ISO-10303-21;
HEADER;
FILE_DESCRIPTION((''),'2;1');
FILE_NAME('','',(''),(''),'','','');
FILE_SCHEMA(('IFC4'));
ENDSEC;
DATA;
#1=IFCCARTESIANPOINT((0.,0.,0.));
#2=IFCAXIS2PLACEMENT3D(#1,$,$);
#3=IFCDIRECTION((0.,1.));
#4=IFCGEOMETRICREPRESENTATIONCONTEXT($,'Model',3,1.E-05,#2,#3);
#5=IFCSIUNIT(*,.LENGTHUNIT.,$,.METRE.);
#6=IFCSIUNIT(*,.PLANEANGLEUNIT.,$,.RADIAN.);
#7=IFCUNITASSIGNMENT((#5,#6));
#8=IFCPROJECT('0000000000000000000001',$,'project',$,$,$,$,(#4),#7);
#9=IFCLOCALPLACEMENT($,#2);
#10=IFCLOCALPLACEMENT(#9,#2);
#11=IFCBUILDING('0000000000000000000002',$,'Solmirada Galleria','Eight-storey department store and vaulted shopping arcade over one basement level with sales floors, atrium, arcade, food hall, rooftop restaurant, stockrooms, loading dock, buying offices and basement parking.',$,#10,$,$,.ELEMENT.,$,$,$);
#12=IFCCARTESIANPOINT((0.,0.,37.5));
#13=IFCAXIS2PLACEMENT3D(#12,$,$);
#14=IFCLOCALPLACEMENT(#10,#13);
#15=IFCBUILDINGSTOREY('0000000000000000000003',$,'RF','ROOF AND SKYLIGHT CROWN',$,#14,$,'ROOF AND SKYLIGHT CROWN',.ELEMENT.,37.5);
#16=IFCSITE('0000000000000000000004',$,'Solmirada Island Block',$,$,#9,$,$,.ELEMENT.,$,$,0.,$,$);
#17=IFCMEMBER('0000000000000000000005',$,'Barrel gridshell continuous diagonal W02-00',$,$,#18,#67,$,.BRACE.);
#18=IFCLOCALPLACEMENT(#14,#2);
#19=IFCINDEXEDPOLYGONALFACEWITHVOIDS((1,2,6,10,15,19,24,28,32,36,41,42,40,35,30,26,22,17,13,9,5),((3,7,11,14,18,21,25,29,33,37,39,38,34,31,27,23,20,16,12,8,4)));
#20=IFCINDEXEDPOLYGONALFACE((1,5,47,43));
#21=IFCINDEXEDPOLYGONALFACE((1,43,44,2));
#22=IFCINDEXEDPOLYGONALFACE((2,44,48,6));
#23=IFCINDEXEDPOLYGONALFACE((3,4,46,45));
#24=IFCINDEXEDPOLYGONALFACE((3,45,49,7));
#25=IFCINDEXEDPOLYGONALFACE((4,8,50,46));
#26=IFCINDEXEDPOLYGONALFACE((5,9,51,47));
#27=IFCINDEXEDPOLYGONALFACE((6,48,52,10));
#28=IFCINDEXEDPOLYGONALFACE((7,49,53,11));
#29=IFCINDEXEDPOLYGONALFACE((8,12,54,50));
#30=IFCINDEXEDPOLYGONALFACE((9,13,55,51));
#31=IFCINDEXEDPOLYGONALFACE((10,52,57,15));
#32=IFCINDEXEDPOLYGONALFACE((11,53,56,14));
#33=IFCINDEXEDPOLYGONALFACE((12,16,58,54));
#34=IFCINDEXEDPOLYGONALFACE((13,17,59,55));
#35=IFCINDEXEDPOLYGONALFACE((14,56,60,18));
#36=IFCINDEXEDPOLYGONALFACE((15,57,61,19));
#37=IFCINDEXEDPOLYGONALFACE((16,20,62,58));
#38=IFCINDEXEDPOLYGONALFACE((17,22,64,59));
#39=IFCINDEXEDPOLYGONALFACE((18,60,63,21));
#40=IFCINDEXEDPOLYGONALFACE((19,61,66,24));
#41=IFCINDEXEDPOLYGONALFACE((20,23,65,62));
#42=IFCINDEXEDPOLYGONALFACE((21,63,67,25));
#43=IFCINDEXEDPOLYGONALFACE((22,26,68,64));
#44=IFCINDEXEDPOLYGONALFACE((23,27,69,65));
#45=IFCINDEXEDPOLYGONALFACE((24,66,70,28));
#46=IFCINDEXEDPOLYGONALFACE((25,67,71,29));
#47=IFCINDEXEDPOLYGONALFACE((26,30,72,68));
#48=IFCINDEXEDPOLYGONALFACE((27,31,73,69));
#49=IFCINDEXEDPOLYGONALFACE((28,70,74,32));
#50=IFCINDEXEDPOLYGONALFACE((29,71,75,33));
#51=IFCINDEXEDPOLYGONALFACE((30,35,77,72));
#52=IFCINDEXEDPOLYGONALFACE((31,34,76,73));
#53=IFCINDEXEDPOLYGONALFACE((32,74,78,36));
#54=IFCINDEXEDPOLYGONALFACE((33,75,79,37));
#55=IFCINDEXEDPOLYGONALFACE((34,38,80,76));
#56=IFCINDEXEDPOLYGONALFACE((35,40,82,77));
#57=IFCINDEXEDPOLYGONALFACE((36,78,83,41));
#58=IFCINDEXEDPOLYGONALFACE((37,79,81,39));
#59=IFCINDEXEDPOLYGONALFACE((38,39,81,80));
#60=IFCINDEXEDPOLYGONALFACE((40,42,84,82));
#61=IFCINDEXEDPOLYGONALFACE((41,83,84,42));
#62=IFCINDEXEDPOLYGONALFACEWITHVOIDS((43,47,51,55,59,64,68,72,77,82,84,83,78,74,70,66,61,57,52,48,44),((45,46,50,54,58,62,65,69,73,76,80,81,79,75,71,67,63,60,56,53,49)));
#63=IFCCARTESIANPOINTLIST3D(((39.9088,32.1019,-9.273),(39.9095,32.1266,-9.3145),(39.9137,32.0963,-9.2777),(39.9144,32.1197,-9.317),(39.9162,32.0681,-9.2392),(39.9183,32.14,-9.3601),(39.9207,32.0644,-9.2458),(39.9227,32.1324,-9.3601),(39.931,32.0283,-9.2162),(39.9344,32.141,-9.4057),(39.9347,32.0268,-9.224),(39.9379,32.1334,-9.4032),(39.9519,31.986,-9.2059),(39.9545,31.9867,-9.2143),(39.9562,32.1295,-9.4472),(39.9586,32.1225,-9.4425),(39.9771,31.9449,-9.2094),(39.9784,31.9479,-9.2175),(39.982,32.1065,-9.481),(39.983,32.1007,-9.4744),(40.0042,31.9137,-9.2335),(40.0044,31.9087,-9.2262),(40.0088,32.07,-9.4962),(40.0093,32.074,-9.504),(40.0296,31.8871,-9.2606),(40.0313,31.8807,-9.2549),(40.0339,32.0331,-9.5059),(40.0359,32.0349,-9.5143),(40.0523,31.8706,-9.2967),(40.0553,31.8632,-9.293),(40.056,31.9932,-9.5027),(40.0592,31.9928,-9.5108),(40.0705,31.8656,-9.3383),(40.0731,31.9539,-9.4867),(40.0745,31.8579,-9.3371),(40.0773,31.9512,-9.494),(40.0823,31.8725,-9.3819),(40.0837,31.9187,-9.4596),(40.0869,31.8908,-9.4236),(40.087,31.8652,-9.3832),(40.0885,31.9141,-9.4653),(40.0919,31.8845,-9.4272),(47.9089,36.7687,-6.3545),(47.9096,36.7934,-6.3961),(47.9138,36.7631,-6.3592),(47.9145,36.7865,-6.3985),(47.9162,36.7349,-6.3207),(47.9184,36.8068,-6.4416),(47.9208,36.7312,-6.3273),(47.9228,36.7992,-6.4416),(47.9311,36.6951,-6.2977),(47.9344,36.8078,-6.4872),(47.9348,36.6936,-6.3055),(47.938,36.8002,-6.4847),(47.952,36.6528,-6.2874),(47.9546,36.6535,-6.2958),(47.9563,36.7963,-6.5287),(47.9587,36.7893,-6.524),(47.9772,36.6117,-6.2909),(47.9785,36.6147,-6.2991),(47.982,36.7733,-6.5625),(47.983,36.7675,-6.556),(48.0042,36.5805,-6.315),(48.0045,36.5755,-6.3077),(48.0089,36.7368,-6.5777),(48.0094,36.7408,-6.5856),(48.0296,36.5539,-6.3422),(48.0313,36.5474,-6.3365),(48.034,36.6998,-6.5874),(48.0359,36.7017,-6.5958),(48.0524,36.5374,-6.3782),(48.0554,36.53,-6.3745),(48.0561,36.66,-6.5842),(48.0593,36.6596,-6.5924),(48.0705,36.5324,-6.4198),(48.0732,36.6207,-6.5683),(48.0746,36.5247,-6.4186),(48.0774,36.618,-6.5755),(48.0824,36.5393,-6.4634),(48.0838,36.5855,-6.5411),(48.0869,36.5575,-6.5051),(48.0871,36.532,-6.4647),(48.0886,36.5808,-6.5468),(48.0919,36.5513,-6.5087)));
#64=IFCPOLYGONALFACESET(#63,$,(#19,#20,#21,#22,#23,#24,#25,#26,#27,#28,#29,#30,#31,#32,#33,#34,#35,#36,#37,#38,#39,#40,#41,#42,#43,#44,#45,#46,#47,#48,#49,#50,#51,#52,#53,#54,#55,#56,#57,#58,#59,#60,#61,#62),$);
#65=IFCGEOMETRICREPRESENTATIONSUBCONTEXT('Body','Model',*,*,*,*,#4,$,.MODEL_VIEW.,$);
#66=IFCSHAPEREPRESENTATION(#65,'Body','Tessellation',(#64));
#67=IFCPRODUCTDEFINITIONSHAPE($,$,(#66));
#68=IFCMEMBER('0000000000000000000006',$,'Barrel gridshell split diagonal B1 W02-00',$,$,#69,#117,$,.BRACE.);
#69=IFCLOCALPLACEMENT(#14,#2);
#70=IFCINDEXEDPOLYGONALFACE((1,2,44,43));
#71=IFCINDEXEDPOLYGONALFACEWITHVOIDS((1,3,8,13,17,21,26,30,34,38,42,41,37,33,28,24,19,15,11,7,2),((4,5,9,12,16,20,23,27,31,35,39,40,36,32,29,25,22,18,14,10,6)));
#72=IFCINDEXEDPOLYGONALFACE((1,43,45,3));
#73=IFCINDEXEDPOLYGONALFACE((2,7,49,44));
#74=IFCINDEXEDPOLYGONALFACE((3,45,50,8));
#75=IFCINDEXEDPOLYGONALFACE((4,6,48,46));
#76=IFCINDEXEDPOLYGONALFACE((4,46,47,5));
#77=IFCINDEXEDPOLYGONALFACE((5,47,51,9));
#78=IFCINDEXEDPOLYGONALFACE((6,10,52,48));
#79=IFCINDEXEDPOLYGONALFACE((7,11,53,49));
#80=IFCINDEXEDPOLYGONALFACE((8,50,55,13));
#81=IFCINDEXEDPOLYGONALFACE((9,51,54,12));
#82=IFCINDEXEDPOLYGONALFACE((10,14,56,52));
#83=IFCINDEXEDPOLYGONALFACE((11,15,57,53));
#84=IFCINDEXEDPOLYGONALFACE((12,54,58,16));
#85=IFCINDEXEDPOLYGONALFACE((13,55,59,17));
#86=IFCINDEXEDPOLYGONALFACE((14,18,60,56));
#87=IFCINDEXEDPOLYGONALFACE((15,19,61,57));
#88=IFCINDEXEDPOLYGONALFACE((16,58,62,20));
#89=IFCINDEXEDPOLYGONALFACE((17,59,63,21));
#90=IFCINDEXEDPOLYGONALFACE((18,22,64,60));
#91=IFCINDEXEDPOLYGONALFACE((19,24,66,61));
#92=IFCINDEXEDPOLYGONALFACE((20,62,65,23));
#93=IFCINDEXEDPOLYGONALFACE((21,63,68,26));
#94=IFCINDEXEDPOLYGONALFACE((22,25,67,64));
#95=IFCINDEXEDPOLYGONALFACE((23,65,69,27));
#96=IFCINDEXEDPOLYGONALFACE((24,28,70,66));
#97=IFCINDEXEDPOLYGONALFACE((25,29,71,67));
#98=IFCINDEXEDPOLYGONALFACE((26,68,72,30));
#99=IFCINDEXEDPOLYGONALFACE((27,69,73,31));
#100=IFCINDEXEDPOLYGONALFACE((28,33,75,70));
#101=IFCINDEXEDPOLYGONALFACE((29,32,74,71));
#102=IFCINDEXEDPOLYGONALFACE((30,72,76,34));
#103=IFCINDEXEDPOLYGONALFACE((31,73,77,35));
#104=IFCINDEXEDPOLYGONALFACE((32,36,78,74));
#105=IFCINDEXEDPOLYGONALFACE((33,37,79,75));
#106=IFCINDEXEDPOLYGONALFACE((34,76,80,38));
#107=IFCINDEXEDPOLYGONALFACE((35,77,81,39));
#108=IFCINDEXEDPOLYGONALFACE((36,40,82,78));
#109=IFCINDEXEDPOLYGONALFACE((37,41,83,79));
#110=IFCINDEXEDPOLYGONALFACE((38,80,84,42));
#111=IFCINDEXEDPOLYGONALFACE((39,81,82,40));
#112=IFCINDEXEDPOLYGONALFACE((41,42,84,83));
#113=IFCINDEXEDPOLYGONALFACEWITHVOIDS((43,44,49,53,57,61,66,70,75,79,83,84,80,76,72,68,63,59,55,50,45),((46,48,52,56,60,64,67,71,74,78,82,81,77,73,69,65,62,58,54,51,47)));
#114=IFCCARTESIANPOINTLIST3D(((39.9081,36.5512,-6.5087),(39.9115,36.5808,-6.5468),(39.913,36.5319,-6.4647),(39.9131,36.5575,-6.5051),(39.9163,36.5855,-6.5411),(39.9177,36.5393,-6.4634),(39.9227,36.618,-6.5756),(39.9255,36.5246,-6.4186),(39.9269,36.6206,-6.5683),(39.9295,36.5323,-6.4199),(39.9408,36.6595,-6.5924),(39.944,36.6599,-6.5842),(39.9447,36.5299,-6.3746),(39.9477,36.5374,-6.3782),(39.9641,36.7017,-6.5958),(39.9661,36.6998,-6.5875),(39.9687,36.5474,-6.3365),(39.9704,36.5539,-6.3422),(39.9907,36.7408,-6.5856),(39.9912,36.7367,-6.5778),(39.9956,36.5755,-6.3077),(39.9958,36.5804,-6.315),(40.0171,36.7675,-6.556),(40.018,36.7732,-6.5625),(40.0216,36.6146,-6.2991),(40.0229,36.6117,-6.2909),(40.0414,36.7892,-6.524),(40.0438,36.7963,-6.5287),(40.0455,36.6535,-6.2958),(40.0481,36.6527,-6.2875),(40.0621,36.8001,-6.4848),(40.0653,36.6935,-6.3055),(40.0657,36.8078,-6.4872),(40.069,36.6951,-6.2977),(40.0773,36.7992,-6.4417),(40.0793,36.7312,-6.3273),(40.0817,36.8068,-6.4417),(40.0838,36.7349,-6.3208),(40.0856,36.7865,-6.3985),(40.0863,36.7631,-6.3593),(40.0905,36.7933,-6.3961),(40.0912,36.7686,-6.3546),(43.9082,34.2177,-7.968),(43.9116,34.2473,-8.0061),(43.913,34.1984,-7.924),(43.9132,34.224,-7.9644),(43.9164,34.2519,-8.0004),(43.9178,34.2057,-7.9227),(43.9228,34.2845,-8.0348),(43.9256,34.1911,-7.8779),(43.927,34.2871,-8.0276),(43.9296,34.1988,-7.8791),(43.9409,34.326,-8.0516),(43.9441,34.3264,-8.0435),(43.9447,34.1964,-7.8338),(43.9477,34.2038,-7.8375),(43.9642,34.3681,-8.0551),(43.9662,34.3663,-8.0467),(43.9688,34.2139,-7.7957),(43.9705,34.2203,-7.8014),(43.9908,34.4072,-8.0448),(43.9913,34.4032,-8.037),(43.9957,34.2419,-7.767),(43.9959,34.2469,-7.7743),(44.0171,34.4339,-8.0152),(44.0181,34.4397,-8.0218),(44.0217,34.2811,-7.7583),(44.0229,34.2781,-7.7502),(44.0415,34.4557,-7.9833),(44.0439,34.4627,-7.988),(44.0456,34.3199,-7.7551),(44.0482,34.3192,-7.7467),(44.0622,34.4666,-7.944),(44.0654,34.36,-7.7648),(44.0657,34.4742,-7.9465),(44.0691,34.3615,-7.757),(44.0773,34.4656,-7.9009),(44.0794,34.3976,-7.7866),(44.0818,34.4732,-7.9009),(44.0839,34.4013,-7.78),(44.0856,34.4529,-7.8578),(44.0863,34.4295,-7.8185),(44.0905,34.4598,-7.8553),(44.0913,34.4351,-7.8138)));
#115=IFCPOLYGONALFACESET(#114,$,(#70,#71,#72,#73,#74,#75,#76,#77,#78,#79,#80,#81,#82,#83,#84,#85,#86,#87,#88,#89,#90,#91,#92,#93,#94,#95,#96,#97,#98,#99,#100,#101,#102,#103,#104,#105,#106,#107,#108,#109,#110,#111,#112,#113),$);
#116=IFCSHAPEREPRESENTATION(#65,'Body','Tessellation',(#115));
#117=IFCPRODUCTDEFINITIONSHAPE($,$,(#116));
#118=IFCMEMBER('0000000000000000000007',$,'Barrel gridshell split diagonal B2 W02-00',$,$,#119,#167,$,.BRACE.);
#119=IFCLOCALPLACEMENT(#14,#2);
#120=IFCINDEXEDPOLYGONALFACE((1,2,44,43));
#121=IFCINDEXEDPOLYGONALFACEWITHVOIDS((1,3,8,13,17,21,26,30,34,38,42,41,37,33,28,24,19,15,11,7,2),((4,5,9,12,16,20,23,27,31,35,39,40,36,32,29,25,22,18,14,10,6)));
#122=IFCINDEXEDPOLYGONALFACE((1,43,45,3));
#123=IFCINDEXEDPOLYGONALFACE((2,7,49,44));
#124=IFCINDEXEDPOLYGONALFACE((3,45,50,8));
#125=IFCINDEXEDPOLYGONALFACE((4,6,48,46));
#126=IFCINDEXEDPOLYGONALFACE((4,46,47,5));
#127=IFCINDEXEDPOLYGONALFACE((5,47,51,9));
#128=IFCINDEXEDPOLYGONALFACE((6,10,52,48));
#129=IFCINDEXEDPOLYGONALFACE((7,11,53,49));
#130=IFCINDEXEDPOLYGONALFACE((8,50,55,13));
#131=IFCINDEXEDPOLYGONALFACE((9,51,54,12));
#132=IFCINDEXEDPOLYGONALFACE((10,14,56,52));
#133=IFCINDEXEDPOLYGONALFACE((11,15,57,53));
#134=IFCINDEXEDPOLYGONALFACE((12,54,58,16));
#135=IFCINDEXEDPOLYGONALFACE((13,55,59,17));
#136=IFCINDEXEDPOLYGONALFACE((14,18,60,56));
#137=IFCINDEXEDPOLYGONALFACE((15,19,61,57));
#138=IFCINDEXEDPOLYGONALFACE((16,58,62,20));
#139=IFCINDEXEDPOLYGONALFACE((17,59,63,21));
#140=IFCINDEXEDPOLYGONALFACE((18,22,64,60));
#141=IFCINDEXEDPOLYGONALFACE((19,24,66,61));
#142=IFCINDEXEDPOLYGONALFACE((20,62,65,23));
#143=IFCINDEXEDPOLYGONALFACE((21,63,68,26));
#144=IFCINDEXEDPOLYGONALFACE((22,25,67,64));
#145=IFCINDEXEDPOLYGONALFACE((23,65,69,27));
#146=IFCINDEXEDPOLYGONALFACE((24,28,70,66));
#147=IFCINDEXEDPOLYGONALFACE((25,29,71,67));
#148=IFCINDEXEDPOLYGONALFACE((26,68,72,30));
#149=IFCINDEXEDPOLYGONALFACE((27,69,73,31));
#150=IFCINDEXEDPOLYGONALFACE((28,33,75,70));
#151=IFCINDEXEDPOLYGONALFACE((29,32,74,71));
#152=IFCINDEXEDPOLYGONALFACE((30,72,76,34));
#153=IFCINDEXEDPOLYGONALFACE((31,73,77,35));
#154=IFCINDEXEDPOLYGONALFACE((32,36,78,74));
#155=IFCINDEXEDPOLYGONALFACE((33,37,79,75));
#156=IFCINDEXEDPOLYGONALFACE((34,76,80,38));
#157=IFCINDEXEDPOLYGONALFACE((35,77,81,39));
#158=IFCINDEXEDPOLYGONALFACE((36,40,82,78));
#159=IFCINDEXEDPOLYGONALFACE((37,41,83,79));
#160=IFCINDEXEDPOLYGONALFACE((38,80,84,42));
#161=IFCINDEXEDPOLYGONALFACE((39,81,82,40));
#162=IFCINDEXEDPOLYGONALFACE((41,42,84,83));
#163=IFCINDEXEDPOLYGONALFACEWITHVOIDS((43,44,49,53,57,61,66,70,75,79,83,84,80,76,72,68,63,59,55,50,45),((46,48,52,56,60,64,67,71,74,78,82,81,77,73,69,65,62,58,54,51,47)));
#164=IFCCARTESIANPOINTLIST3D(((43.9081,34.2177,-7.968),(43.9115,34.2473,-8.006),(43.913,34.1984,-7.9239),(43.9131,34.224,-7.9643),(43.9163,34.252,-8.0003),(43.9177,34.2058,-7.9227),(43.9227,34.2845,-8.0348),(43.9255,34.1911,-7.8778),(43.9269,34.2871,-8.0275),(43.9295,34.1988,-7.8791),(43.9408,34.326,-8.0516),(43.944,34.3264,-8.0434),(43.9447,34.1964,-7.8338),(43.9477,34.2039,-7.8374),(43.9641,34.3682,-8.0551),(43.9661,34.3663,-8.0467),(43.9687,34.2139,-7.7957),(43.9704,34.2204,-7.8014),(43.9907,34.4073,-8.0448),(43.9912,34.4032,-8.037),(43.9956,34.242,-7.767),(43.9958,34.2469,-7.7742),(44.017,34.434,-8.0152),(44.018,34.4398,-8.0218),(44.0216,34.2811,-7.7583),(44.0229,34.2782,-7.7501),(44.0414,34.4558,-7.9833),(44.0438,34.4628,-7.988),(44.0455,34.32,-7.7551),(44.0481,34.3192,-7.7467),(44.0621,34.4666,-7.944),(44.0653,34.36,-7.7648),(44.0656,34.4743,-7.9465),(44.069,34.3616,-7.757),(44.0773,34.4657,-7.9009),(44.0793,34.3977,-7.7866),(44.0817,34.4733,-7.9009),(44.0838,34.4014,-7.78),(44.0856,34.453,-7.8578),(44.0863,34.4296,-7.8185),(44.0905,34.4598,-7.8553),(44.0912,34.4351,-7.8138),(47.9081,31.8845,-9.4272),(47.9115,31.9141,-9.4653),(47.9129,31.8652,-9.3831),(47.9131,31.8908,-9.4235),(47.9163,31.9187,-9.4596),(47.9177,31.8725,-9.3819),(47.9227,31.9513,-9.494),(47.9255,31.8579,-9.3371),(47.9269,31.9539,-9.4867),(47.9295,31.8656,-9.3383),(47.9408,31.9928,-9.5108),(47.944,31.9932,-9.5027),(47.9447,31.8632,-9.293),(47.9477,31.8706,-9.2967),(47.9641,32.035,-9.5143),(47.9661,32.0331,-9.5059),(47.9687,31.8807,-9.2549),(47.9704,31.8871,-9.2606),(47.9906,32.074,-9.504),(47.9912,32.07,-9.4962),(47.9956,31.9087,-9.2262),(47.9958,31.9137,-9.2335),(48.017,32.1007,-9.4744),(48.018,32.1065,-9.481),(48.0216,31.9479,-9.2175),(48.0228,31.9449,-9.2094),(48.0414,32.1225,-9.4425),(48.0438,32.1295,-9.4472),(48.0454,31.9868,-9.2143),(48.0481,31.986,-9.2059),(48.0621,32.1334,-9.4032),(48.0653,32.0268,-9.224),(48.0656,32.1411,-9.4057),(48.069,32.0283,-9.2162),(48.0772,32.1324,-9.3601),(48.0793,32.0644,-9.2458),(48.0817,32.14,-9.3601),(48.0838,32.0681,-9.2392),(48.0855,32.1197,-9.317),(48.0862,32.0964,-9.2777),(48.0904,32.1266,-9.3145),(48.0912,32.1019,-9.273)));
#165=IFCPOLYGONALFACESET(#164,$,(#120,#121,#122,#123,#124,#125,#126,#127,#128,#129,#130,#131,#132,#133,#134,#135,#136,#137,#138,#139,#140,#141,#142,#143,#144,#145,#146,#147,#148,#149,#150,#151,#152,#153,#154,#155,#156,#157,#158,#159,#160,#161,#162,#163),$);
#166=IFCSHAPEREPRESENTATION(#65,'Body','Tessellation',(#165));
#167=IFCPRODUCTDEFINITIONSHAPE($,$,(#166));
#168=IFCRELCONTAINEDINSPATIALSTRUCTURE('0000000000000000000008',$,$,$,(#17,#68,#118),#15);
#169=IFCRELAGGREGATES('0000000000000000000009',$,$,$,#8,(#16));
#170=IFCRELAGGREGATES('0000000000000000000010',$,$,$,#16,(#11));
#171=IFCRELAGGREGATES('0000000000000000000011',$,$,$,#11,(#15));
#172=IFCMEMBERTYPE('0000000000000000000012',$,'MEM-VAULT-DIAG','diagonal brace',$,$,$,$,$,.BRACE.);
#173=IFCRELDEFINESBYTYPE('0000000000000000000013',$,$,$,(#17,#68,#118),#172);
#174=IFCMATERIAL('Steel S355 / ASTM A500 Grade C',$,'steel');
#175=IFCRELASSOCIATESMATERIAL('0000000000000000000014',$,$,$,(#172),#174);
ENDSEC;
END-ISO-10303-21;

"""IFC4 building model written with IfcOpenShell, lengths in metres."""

from ifc_helpers import new_model, si_unit, direction, frame, origin, origin_2d, place, context, subcontext, project, spatial, hollow_circle, extrude, material, material_profile, profile_set, type_object, element, save


model = new_model("IFC4")

# Units and contexts
model_context = context("Model", 3, precision=1e-05, world=origin(), true_north=direction((0.0, 1.0)))
body_context = subcontext(model_context, "Body", "Model", "MODEL_VIEW")
ifc_project = project(units=[si_unit("LENGTHUNIT", "METRE"), si_unit("PLANEANGLEUNIT", "RADIAN")], contexts=[model_context])

# Site, building, storey
site_placement = place(None, origin())
site = spatial("IfcSite", under=ifc_project, at=site_placement, Name="Solmirada Island Block", CompositionType="ELEMENT", RefElevation=0.0)
building_placement = place(site_placement, origin())
building = spatial("IfcBuilding", under=site, at=building_placement, Name="Solmirada Galleria", Description="Eight-storey department store and vaulted shopping arcade over one basement level with sales floors, atrium, arcade, food hall, rooftop restaurant, stockrooms, loading dock, buying offices and basement parking.", CompositionType="ELEMENT")
storey_placement = place(building_placement, frame((0.0, 0.0, 37.5)))
storey = spatial("IfcBuildingStorey", under=building, at=storey_placement, Name="RF", Description="ROOF AND SKYLIGHT CROWN", LongName="ROOF AND SKYLIGHT CROWN", CompositionType="ELEMENT", Elevation=37.5)

# Members
ifc_material_1 = material(Name="Steel S355 / ASTM A500 Grade C", Category="steel")
ifc_material_profile_1 = material_profile(ifc_material_1, hollow_circle(Radius=0.1621, WallThickness=0.0088, at=origin_2d()), Name="HSS12.750X0.375")
ifc_profile_set_1 = profile_set([ifc_material_profile_1], Name="Steel S355 / ASTM A500 Grade C")
member_type_1 = type_object("IfcMemberType", Name="MEM-VAULT-DIAG", Description="diagonal brace", PredefinedType="BRACE", material=ifc_profile_set_1)
member_1_placement = place(storey_placement, frame((40.0, 32.0, -9.3601), z_axis=(0.823841, 0.480582, 0.300543), x_axis=(-0.503878, 0.863775, 0.0)))
element("IfcMember", 1, at=member_1_placement, inside=storey, type_object=member_type_1, Name="Barrel gridshell continuous diagonal W02-00", PredefinedType="BRACE", context=body_context, shape_type="SweptSolid", body=[
    extrude(hollow_circle(Radius=0.1621, WallThickness=0.0088, at=origin_2d()), origin(), (0.0, 0.0, 1.0), 9.7107),
])
member_2_placement = place(storey_placement, frame((40.0, 36.6667, -6.4417), z_axis=(0.823831, -0.480602, -0.30054), x_axis=(0.503897, 0.863764, 0.0)))
element("IfcMember", 2, at=member_2_placement, inside=storey, type_object=member_type_1, Name="Barrel gridshell split diagonal B1 W02-00", PredefinedType="BRACE", context=body_context, shape_type="SweptSolid", body=[
    extrude(hollow_circle(Radius=0.1621, WallThickness=0.0088, at=origin_2d()), origin(), (0.0, 0.0, 1.0), 4.8555),
])
member_3_placement = place(storey_placement, frame((44.0, 34.3333, -7.9009), z_axis=(0.823851, -0.480563, -0.300547), x_axis=(0.503858, 0.863787, 0.0)))
element("IfcMember", 3, at=member_3_placement, inside=storey, type_object=member_type_1, Name="Barrel gridshell split diagonal B2 W02-00", PredefinedType="BRACE", context=body_context, shape_type="SweptSolid", body=[
    extrude(hollow_circle(Radius=0.1621, WallThickness=0.0088, at=origin_2d()), origin(), (0.0, 0.0, 1.0), 4.8552),
])

save(model, "model.ifc")
